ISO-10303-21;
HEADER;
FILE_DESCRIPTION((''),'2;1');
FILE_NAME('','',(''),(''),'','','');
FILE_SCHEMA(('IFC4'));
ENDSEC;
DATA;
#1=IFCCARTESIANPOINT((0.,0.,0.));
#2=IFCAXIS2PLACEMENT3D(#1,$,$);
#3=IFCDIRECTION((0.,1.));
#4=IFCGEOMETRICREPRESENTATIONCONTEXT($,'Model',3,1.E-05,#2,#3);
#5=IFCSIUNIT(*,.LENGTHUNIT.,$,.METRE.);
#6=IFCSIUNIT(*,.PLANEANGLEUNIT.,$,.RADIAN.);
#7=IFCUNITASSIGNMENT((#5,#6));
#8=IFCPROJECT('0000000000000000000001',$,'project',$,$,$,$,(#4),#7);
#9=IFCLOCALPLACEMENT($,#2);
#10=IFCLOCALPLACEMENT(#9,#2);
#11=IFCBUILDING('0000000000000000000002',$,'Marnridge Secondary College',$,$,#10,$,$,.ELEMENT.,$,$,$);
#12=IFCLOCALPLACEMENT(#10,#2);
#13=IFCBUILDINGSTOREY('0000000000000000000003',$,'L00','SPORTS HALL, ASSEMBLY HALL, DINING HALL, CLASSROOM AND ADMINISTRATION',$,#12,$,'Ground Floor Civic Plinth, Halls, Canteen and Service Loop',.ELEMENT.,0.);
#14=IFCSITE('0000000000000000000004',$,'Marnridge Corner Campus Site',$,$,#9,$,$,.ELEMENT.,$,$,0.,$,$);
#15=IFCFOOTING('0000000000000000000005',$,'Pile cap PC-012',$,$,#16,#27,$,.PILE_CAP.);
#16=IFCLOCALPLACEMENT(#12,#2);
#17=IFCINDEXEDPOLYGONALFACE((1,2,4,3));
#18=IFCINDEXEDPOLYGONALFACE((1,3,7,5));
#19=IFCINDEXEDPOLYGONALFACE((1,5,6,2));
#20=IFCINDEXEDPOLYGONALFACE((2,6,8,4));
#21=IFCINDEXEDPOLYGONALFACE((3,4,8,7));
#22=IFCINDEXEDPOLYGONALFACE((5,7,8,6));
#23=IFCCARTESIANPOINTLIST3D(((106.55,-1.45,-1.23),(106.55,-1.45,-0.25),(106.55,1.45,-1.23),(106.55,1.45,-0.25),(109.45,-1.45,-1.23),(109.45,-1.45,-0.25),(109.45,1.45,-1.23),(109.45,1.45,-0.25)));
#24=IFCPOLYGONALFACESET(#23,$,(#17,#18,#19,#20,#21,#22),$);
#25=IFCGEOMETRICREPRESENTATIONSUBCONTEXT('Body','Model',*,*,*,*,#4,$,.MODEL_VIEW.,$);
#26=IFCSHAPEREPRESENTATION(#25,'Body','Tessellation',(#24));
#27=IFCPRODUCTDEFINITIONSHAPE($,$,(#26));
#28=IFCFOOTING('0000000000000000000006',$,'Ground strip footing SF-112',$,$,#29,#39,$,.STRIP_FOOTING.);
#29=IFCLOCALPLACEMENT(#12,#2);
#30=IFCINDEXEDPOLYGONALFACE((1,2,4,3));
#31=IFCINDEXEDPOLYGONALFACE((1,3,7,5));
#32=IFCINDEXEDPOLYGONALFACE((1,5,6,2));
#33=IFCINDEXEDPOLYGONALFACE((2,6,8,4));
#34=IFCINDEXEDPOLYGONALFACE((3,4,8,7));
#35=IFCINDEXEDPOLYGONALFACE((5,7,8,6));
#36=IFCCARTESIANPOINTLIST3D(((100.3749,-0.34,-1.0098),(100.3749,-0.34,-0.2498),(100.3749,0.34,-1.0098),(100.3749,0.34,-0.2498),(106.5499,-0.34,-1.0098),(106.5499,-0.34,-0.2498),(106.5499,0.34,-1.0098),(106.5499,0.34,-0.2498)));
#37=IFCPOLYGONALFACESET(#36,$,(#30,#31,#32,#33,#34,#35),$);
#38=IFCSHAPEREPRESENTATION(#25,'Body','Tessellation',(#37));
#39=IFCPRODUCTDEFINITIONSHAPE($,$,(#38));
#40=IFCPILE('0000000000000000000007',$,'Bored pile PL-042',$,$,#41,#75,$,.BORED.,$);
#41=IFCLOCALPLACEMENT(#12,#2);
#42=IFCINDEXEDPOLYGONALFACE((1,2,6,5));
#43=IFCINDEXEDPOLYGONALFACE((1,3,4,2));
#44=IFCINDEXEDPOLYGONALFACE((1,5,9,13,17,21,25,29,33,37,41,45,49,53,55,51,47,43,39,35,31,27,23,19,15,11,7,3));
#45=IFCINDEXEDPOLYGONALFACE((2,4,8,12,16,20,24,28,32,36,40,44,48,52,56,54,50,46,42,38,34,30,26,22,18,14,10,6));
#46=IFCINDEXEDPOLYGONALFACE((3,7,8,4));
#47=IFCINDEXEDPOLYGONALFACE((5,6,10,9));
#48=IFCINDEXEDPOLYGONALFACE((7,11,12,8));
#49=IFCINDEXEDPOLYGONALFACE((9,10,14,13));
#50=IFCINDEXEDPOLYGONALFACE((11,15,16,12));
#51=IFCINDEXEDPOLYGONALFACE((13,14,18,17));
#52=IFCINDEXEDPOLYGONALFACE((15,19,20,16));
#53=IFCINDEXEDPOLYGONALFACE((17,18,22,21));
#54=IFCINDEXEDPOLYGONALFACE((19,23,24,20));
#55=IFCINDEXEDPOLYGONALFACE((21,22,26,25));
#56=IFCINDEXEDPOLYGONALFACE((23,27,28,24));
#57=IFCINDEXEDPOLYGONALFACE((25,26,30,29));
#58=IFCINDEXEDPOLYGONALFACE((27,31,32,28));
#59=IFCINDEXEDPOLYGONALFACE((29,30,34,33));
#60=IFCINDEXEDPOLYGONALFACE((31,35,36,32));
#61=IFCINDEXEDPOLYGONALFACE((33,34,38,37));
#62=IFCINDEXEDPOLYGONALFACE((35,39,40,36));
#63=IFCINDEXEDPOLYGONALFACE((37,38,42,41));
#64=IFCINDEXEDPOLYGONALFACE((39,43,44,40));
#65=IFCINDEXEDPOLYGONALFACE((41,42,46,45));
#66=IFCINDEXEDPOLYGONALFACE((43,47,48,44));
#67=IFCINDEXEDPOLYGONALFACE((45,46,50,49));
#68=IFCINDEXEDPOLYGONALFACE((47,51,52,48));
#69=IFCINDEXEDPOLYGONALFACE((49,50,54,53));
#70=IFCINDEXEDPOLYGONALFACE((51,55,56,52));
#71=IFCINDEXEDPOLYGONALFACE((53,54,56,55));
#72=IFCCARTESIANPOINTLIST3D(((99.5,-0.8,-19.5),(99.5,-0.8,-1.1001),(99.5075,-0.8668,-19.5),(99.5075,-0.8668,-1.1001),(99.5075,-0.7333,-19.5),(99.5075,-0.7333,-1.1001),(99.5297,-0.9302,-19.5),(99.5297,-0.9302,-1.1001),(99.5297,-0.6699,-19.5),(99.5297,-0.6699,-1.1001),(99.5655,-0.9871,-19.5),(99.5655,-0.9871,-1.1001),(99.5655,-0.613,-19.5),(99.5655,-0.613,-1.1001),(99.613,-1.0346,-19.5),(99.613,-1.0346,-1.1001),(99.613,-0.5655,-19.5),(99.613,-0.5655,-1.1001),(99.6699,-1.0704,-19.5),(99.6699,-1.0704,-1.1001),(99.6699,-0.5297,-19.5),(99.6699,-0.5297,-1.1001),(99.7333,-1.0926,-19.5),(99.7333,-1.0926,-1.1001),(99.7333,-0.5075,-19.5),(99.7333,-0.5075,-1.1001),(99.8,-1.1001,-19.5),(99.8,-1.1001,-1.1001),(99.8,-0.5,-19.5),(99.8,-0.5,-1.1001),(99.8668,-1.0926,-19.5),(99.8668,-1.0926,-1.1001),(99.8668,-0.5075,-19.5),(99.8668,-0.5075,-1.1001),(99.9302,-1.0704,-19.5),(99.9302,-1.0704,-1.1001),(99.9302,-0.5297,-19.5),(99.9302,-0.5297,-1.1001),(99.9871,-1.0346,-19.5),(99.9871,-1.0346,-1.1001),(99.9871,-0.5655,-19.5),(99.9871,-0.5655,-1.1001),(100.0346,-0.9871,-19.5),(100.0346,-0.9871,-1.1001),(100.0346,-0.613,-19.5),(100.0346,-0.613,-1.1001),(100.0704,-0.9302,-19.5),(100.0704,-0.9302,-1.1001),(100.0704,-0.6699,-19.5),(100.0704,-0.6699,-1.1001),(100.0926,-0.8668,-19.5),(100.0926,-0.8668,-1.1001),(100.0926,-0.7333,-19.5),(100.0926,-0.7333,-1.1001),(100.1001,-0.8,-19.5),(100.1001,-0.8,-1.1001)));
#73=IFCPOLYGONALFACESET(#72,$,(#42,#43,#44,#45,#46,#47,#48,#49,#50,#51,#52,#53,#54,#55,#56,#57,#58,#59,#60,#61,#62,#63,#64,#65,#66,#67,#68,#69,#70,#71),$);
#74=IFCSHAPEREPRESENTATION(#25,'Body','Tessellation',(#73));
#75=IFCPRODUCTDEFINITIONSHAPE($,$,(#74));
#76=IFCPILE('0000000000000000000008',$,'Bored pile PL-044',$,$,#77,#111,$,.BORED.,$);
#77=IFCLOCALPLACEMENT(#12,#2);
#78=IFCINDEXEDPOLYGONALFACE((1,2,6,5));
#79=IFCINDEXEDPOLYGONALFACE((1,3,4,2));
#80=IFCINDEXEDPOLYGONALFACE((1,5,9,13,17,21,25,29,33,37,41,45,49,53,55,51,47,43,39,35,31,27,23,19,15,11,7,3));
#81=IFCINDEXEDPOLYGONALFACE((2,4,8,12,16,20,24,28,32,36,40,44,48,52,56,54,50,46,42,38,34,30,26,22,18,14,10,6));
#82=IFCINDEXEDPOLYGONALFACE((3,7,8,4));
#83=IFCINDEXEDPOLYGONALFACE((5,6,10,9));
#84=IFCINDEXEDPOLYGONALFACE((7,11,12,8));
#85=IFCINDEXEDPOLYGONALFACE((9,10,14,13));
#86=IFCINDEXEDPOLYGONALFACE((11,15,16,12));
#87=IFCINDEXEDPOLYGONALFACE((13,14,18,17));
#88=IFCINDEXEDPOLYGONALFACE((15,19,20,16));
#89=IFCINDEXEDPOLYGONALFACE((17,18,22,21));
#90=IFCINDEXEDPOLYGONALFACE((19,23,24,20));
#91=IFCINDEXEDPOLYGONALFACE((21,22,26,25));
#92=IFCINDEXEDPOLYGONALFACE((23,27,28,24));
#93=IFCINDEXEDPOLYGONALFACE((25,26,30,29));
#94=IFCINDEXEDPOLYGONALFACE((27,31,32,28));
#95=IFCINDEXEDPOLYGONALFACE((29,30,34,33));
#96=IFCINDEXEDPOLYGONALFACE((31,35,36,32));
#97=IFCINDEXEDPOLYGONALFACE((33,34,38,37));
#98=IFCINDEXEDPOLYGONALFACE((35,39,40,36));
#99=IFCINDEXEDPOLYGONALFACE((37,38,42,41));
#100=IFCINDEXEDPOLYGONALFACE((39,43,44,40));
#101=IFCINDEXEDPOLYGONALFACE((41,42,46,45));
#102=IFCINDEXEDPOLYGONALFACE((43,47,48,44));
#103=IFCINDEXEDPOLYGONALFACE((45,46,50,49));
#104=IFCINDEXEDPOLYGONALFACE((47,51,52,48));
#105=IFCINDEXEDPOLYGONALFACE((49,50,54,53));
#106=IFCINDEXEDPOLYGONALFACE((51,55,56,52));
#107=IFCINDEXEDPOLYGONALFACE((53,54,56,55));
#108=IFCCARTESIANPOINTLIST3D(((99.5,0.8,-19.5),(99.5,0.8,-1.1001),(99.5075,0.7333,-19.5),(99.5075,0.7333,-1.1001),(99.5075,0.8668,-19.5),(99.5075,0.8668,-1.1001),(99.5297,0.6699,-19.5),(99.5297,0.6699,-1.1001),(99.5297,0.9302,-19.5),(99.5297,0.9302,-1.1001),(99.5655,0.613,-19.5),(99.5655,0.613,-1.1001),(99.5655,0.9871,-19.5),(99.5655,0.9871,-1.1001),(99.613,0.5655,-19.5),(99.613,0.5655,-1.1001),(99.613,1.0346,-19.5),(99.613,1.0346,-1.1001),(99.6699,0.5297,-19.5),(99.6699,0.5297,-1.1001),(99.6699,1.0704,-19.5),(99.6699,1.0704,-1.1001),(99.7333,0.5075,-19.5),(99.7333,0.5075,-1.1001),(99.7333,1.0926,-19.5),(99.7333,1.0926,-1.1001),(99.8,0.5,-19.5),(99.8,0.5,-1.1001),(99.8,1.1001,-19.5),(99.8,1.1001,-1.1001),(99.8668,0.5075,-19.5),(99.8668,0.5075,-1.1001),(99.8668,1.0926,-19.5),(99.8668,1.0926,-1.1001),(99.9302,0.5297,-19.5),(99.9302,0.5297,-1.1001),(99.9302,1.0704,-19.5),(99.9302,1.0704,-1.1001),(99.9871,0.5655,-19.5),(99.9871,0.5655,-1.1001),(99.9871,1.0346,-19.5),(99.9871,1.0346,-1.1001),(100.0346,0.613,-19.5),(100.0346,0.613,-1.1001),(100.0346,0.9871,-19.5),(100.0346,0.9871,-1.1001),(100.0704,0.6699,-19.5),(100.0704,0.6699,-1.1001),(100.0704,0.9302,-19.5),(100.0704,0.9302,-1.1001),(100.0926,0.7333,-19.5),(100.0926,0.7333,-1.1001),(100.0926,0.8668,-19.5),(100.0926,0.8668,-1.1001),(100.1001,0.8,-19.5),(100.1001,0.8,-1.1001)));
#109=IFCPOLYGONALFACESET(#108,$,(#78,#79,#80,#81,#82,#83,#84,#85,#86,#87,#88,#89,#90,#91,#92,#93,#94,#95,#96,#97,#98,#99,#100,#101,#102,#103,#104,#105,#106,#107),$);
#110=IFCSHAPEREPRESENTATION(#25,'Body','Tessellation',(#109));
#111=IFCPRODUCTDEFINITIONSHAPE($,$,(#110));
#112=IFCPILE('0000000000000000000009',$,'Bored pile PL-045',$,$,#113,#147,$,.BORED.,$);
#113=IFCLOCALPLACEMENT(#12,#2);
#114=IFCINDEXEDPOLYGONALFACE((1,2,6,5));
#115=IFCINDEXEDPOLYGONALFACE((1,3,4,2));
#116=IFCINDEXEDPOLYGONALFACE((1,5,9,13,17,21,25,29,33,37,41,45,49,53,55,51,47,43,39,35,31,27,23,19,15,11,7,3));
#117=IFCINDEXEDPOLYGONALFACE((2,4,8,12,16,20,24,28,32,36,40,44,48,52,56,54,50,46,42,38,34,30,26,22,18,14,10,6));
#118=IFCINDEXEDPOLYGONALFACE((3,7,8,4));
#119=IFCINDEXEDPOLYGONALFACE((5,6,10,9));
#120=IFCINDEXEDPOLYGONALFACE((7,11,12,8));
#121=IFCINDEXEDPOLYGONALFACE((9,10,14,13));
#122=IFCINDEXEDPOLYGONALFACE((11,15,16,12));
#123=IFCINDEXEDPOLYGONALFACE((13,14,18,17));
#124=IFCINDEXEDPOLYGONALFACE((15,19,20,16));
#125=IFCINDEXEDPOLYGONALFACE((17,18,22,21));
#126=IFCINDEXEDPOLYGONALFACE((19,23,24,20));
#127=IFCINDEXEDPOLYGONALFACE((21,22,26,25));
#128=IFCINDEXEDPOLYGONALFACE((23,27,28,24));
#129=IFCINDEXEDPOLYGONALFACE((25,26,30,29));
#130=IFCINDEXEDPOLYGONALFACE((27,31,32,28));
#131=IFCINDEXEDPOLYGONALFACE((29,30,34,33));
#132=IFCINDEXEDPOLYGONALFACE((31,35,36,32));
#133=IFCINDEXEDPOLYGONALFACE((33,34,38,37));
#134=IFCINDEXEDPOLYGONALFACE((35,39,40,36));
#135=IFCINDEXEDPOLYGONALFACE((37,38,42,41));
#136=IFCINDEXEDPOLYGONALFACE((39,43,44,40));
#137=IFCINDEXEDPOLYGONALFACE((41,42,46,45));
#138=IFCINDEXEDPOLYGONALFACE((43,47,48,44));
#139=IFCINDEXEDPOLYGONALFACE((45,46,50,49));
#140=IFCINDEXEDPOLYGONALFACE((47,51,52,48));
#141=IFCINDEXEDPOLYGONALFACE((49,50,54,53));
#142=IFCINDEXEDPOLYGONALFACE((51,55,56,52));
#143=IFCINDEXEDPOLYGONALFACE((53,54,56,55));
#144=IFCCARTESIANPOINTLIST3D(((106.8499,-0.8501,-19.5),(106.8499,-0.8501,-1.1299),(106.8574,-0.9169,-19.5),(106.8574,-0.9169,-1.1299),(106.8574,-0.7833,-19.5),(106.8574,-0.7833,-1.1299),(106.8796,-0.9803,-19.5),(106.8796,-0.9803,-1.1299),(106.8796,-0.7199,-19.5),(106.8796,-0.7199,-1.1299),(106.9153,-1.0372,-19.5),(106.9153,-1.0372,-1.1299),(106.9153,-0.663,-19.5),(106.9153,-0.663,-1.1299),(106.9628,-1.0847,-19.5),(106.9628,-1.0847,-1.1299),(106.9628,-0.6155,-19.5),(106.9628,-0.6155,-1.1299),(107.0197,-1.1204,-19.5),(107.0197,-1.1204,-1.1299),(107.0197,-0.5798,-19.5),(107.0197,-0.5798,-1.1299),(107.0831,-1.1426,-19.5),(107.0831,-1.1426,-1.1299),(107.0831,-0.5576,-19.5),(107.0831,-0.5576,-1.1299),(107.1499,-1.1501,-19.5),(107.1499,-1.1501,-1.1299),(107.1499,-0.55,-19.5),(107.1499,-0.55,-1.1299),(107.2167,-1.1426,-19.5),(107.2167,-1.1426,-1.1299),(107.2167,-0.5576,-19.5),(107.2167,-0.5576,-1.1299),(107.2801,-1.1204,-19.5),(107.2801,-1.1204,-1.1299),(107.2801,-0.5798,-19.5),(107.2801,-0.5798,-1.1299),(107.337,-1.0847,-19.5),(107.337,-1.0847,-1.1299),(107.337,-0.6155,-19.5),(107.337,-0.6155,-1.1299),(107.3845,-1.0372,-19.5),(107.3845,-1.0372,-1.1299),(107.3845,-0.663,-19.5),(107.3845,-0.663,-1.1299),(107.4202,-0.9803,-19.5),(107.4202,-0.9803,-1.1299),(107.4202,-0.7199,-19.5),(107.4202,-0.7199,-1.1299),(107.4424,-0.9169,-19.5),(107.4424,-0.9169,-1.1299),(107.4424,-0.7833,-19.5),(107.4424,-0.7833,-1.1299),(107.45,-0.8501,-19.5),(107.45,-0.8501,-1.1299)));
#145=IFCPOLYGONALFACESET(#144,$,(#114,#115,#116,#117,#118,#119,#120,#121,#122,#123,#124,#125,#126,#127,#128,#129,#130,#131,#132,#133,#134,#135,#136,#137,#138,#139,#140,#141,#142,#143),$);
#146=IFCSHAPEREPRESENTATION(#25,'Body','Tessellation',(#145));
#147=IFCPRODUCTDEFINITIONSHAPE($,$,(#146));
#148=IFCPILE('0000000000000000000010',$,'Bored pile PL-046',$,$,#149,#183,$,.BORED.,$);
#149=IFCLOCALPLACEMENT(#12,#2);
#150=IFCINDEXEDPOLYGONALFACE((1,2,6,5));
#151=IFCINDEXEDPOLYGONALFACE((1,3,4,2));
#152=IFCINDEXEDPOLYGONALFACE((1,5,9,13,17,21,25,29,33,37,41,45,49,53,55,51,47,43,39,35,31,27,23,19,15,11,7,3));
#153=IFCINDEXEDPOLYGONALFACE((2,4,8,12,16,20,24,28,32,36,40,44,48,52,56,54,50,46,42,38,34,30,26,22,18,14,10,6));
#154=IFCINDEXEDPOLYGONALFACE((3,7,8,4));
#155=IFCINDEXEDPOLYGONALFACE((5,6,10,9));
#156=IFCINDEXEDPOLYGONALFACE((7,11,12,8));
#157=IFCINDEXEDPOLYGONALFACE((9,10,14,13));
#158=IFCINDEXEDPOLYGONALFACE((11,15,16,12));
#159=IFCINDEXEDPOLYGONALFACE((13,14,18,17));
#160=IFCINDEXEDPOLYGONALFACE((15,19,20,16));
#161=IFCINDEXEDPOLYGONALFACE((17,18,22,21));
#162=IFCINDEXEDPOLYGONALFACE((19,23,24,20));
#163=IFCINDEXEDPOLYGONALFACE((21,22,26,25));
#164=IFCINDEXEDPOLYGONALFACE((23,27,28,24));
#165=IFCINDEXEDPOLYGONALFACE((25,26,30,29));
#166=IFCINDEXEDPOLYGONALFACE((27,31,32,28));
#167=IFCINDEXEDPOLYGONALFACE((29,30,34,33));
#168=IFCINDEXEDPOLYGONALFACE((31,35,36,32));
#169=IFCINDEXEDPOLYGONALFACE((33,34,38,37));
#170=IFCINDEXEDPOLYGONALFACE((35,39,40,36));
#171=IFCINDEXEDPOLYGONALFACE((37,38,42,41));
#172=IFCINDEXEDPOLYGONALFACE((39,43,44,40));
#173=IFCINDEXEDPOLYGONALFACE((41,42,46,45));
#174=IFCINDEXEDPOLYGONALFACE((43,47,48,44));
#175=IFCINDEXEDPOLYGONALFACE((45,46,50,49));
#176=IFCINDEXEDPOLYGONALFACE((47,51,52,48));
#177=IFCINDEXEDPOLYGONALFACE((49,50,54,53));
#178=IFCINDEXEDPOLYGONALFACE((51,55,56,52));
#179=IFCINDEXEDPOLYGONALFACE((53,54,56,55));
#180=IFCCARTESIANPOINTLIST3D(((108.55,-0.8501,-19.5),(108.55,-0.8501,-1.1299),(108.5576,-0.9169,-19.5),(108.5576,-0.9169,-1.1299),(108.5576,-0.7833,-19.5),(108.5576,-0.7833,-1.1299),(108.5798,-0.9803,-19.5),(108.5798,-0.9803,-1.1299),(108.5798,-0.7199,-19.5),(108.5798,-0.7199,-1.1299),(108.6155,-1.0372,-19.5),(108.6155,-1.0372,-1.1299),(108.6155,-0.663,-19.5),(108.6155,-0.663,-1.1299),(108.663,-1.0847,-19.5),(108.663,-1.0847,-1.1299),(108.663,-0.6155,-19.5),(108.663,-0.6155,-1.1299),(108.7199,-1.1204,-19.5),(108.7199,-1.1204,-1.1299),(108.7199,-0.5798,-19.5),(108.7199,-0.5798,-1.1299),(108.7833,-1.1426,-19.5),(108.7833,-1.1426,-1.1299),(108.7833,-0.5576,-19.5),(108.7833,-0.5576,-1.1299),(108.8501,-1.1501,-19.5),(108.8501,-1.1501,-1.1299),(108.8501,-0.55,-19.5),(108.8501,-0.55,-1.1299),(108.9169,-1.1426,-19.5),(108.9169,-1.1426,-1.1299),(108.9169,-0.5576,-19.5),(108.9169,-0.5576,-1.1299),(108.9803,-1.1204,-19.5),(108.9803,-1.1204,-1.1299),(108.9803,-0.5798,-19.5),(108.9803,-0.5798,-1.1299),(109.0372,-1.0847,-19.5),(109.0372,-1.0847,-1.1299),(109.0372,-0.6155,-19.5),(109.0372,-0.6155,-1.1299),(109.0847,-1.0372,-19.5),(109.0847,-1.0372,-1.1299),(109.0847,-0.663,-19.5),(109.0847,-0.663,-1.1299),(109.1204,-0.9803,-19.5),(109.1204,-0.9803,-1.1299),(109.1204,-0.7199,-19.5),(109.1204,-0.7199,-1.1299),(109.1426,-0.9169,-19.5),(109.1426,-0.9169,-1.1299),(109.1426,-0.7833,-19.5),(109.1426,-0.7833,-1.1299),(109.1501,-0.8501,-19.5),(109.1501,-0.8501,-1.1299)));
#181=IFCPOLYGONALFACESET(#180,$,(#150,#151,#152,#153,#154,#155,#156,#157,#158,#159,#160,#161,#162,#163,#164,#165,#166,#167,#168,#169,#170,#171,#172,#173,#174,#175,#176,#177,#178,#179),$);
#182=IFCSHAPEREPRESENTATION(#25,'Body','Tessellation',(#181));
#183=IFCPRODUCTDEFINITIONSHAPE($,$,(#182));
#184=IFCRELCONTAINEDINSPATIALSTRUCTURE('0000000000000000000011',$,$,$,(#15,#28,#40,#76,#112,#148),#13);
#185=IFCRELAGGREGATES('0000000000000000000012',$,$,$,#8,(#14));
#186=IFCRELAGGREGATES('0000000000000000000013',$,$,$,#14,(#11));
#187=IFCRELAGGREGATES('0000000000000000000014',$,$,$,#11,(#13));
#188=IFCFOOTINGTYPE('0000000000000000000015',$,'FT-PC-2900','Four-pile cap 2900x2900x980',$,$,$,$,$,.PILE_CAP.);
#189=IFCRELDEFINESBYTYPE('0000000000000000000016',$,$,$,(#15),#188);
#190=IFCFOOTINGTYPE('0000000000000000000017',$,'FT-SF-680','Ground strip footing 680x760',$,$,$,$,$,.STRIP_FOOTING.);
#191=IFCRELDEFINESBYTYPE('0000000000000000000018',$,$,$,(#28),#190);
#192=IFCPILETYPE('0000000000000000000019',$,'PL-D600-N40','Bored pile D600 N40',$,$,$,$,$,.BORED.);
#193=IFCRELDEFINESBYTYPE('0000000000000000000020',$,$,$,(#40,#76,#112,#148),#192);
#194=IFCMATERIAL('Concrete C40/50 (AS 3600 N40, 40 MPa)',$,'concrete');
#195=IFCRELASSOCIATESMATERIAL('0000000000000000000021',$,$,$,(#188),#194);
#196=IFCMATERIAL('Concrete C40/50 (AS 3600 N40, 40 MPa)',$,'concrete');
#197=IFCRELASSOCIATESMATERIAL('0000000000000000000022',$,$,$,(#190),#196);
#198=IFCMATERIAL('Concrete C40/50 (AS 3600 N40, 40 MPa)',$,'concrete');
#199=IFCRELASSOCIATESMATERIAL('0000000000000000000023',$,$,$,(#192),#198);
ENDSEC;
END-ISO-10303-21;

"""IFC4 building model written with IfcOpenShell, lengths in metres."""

from ifc_helpers import new_model, si_unit, direction, frame, origin, origin_2d, place, context, subcontext, project, spatial, rectangle, circle, extrude, material, material_profile, profile_set, type_object, element, save


model = new_model("IFC4")

# Units and contexts
model_context = context("Model", 3, precision=1e-05, world=origin(), true_north=direction((0.0, 1.0)))
body_context = subcontext(model_context, "Body", "Model", "MODEL_VIEW")
ifc_project = project(units=[si_unit("LENGTHUNIT", "METRE"), si_unit("PLANEANGLEUNIT", "RADIAN")], contexts=[model_context])

# Site, building, storey
site_placement = place(None, origin())
site = spatial("IfcSite", under=ifc_project, at=site_placement, Name="Marnridge Corner Campus Site", CompositionType="ELEMENT", RefElevation=0.0)
building_placement = place(site_placement, origin())
building = spatial("IfcBuilding", under=site, at=building_placement, Name="Marnridge Secondary College", CompositionType="ELEMENT")
storey_placement = place(building_placement, origin())
storey = spatial("IfcBuildingStorey", under=building, at=storey_placement, Name="L00", Description="SPORTS HALL, ASSEMBLY HALL, DINING HALL, CLASSROOM AND ADMINISTRATION", LongName="Ground Floor Civic Plinth, Halls, Canteen and Service Loop", CompositionType="ELEMENT", Elevation=0.0)

# Footings
ifc_material_1 = material(Name="Concrete C40/50 (AS 3600 N40, 40 MPa)", Category="concrete")
footing_type_1 = type_object("IfcFootingType", Name="FT-PC-2900", Description="Four-pile cap 2900x2900x980", PredefinedType="PILE_CAP", material=ifc_material_1)
footing_1_placement = place(storey_placement, frame((108.0, 0.0, -1.23), z_axis=(0.0, 0.0, 1.0), x_axis=(1.0, 0.0, 0.0)))
element("IfcFooting", 1, at=footing_1_placement, inside=storey, type_object=footing_type_1, Name="Pile cap PC-012", PredefinedType="PILE_CAP", context=body_context, shape_type="SweptSolid", body=[
    extrude(rectangle(XDim=2.8999, YDim=2.8999, at=origin_2d()), origin(), (0.0, 0.0, 1.0), 0.98),
])
ifc_material_2 = material(Name="Concrete C40/50 (AS 3600 N40, 40 MPa)", Category="concrete")
footing_type_2 = type_object("IfcFootingType", Name="FT-SF-680", Description="Ground strip footing 680x760", PredefinedType="STRIP_FOOTING", material=ifc_material_2)
footing_2_placement = place(storey_placement, frame((103.4624, 0.0, -1.0098), z_axis=(0.0, 0.0, 1.0), x_axis=(1.0, 0.0, 0.0)))
element("IfcFooting", 2, at=footing_2_placement, inside=storey, type_object=footing_type_2, Name="Ground strip footing SF-112", PredefinedType="STRIP_FOOTING", context=body_context, shape_type="SweptSolid", body=[
    extrude(rectangle(XDim=6.175, YDim=0.6799, at=origin_2d()), origin(), (0.0, 0.0, 1.0), 0.76),
])

# Piles
ifc_material_3 = material(Name="Concrete C40/50 (AS 3600 N40, 40 MPa)", Category="concrete")
ifc_material_profile_1 = material_profile(ifc_material_3, circle(Radius=0.3, at=origin_2d()), Name="PILE D600")
ifc_profile_set_1 = profile_set([ifc_material_profile_1], Name="Concrete C40/50 (AS 3600 N40, 40 MPa)")
pile_type = type_object("IfcPileType", Name="PL-D600-N40", Description="Bored pile D600 N40", PredefinedType="BORED", material=ifc_profile_set_1)
for number, where, z_axis, x_axis, name in (
    (3, (99.8, -0.8, -1.1001), (0.0, 0.0, -1.0), (1.0, 0.0, 0.0), "Bored pile PL-042"),
    (4, (99.8, 0.8, -1.1001), (0.0, 0.0, -1.0), (1.0, 0.0, 0.0), "Bored pile PL-044"),
):
    element("IfcPile", number, at=place(storey_placement, frame(where, z_axis=z_axis, x_axis=x_axis)), inside=storey, type_object=pile_type, Name=name, PredefinedType="BORED", context=body_context, shape_type="SweptSolid", body=[
        extrude(circle(Radius=0.3, at=origin_2d()), origin(), (0.0, 0.0, 1.0), 18.3999),
    ])
for number, where, z_axis, x_axis, name in (
    (5, (107.1499, -0.8501, -1.1299), (0.0, 0.0, -1.0), (1.0, 0.0, 0.0), "Bored pile PL-045"),
    (6, (108.8501, -0.8501, -1.1299), (0.0, 0.0, -1.0), (1.0, 0.0, 0.0), "Bored pile PL-046"),
):
    element("IfcPile", number, at=place(storey_placement, frame(where, z_axis=z_axis, x_axis=x_axis)), inside=storey, type_object=pile_type, Name=name, PredefinedType="BORED", context=body_context, shape_type="SweptSolid", body=[
        extrude(circle(Radius=0.3, at=origin_2d()), origin(), (0.0, 0.0, 1.0), 18.3701),
    ])

save(model, "model.ifc")
